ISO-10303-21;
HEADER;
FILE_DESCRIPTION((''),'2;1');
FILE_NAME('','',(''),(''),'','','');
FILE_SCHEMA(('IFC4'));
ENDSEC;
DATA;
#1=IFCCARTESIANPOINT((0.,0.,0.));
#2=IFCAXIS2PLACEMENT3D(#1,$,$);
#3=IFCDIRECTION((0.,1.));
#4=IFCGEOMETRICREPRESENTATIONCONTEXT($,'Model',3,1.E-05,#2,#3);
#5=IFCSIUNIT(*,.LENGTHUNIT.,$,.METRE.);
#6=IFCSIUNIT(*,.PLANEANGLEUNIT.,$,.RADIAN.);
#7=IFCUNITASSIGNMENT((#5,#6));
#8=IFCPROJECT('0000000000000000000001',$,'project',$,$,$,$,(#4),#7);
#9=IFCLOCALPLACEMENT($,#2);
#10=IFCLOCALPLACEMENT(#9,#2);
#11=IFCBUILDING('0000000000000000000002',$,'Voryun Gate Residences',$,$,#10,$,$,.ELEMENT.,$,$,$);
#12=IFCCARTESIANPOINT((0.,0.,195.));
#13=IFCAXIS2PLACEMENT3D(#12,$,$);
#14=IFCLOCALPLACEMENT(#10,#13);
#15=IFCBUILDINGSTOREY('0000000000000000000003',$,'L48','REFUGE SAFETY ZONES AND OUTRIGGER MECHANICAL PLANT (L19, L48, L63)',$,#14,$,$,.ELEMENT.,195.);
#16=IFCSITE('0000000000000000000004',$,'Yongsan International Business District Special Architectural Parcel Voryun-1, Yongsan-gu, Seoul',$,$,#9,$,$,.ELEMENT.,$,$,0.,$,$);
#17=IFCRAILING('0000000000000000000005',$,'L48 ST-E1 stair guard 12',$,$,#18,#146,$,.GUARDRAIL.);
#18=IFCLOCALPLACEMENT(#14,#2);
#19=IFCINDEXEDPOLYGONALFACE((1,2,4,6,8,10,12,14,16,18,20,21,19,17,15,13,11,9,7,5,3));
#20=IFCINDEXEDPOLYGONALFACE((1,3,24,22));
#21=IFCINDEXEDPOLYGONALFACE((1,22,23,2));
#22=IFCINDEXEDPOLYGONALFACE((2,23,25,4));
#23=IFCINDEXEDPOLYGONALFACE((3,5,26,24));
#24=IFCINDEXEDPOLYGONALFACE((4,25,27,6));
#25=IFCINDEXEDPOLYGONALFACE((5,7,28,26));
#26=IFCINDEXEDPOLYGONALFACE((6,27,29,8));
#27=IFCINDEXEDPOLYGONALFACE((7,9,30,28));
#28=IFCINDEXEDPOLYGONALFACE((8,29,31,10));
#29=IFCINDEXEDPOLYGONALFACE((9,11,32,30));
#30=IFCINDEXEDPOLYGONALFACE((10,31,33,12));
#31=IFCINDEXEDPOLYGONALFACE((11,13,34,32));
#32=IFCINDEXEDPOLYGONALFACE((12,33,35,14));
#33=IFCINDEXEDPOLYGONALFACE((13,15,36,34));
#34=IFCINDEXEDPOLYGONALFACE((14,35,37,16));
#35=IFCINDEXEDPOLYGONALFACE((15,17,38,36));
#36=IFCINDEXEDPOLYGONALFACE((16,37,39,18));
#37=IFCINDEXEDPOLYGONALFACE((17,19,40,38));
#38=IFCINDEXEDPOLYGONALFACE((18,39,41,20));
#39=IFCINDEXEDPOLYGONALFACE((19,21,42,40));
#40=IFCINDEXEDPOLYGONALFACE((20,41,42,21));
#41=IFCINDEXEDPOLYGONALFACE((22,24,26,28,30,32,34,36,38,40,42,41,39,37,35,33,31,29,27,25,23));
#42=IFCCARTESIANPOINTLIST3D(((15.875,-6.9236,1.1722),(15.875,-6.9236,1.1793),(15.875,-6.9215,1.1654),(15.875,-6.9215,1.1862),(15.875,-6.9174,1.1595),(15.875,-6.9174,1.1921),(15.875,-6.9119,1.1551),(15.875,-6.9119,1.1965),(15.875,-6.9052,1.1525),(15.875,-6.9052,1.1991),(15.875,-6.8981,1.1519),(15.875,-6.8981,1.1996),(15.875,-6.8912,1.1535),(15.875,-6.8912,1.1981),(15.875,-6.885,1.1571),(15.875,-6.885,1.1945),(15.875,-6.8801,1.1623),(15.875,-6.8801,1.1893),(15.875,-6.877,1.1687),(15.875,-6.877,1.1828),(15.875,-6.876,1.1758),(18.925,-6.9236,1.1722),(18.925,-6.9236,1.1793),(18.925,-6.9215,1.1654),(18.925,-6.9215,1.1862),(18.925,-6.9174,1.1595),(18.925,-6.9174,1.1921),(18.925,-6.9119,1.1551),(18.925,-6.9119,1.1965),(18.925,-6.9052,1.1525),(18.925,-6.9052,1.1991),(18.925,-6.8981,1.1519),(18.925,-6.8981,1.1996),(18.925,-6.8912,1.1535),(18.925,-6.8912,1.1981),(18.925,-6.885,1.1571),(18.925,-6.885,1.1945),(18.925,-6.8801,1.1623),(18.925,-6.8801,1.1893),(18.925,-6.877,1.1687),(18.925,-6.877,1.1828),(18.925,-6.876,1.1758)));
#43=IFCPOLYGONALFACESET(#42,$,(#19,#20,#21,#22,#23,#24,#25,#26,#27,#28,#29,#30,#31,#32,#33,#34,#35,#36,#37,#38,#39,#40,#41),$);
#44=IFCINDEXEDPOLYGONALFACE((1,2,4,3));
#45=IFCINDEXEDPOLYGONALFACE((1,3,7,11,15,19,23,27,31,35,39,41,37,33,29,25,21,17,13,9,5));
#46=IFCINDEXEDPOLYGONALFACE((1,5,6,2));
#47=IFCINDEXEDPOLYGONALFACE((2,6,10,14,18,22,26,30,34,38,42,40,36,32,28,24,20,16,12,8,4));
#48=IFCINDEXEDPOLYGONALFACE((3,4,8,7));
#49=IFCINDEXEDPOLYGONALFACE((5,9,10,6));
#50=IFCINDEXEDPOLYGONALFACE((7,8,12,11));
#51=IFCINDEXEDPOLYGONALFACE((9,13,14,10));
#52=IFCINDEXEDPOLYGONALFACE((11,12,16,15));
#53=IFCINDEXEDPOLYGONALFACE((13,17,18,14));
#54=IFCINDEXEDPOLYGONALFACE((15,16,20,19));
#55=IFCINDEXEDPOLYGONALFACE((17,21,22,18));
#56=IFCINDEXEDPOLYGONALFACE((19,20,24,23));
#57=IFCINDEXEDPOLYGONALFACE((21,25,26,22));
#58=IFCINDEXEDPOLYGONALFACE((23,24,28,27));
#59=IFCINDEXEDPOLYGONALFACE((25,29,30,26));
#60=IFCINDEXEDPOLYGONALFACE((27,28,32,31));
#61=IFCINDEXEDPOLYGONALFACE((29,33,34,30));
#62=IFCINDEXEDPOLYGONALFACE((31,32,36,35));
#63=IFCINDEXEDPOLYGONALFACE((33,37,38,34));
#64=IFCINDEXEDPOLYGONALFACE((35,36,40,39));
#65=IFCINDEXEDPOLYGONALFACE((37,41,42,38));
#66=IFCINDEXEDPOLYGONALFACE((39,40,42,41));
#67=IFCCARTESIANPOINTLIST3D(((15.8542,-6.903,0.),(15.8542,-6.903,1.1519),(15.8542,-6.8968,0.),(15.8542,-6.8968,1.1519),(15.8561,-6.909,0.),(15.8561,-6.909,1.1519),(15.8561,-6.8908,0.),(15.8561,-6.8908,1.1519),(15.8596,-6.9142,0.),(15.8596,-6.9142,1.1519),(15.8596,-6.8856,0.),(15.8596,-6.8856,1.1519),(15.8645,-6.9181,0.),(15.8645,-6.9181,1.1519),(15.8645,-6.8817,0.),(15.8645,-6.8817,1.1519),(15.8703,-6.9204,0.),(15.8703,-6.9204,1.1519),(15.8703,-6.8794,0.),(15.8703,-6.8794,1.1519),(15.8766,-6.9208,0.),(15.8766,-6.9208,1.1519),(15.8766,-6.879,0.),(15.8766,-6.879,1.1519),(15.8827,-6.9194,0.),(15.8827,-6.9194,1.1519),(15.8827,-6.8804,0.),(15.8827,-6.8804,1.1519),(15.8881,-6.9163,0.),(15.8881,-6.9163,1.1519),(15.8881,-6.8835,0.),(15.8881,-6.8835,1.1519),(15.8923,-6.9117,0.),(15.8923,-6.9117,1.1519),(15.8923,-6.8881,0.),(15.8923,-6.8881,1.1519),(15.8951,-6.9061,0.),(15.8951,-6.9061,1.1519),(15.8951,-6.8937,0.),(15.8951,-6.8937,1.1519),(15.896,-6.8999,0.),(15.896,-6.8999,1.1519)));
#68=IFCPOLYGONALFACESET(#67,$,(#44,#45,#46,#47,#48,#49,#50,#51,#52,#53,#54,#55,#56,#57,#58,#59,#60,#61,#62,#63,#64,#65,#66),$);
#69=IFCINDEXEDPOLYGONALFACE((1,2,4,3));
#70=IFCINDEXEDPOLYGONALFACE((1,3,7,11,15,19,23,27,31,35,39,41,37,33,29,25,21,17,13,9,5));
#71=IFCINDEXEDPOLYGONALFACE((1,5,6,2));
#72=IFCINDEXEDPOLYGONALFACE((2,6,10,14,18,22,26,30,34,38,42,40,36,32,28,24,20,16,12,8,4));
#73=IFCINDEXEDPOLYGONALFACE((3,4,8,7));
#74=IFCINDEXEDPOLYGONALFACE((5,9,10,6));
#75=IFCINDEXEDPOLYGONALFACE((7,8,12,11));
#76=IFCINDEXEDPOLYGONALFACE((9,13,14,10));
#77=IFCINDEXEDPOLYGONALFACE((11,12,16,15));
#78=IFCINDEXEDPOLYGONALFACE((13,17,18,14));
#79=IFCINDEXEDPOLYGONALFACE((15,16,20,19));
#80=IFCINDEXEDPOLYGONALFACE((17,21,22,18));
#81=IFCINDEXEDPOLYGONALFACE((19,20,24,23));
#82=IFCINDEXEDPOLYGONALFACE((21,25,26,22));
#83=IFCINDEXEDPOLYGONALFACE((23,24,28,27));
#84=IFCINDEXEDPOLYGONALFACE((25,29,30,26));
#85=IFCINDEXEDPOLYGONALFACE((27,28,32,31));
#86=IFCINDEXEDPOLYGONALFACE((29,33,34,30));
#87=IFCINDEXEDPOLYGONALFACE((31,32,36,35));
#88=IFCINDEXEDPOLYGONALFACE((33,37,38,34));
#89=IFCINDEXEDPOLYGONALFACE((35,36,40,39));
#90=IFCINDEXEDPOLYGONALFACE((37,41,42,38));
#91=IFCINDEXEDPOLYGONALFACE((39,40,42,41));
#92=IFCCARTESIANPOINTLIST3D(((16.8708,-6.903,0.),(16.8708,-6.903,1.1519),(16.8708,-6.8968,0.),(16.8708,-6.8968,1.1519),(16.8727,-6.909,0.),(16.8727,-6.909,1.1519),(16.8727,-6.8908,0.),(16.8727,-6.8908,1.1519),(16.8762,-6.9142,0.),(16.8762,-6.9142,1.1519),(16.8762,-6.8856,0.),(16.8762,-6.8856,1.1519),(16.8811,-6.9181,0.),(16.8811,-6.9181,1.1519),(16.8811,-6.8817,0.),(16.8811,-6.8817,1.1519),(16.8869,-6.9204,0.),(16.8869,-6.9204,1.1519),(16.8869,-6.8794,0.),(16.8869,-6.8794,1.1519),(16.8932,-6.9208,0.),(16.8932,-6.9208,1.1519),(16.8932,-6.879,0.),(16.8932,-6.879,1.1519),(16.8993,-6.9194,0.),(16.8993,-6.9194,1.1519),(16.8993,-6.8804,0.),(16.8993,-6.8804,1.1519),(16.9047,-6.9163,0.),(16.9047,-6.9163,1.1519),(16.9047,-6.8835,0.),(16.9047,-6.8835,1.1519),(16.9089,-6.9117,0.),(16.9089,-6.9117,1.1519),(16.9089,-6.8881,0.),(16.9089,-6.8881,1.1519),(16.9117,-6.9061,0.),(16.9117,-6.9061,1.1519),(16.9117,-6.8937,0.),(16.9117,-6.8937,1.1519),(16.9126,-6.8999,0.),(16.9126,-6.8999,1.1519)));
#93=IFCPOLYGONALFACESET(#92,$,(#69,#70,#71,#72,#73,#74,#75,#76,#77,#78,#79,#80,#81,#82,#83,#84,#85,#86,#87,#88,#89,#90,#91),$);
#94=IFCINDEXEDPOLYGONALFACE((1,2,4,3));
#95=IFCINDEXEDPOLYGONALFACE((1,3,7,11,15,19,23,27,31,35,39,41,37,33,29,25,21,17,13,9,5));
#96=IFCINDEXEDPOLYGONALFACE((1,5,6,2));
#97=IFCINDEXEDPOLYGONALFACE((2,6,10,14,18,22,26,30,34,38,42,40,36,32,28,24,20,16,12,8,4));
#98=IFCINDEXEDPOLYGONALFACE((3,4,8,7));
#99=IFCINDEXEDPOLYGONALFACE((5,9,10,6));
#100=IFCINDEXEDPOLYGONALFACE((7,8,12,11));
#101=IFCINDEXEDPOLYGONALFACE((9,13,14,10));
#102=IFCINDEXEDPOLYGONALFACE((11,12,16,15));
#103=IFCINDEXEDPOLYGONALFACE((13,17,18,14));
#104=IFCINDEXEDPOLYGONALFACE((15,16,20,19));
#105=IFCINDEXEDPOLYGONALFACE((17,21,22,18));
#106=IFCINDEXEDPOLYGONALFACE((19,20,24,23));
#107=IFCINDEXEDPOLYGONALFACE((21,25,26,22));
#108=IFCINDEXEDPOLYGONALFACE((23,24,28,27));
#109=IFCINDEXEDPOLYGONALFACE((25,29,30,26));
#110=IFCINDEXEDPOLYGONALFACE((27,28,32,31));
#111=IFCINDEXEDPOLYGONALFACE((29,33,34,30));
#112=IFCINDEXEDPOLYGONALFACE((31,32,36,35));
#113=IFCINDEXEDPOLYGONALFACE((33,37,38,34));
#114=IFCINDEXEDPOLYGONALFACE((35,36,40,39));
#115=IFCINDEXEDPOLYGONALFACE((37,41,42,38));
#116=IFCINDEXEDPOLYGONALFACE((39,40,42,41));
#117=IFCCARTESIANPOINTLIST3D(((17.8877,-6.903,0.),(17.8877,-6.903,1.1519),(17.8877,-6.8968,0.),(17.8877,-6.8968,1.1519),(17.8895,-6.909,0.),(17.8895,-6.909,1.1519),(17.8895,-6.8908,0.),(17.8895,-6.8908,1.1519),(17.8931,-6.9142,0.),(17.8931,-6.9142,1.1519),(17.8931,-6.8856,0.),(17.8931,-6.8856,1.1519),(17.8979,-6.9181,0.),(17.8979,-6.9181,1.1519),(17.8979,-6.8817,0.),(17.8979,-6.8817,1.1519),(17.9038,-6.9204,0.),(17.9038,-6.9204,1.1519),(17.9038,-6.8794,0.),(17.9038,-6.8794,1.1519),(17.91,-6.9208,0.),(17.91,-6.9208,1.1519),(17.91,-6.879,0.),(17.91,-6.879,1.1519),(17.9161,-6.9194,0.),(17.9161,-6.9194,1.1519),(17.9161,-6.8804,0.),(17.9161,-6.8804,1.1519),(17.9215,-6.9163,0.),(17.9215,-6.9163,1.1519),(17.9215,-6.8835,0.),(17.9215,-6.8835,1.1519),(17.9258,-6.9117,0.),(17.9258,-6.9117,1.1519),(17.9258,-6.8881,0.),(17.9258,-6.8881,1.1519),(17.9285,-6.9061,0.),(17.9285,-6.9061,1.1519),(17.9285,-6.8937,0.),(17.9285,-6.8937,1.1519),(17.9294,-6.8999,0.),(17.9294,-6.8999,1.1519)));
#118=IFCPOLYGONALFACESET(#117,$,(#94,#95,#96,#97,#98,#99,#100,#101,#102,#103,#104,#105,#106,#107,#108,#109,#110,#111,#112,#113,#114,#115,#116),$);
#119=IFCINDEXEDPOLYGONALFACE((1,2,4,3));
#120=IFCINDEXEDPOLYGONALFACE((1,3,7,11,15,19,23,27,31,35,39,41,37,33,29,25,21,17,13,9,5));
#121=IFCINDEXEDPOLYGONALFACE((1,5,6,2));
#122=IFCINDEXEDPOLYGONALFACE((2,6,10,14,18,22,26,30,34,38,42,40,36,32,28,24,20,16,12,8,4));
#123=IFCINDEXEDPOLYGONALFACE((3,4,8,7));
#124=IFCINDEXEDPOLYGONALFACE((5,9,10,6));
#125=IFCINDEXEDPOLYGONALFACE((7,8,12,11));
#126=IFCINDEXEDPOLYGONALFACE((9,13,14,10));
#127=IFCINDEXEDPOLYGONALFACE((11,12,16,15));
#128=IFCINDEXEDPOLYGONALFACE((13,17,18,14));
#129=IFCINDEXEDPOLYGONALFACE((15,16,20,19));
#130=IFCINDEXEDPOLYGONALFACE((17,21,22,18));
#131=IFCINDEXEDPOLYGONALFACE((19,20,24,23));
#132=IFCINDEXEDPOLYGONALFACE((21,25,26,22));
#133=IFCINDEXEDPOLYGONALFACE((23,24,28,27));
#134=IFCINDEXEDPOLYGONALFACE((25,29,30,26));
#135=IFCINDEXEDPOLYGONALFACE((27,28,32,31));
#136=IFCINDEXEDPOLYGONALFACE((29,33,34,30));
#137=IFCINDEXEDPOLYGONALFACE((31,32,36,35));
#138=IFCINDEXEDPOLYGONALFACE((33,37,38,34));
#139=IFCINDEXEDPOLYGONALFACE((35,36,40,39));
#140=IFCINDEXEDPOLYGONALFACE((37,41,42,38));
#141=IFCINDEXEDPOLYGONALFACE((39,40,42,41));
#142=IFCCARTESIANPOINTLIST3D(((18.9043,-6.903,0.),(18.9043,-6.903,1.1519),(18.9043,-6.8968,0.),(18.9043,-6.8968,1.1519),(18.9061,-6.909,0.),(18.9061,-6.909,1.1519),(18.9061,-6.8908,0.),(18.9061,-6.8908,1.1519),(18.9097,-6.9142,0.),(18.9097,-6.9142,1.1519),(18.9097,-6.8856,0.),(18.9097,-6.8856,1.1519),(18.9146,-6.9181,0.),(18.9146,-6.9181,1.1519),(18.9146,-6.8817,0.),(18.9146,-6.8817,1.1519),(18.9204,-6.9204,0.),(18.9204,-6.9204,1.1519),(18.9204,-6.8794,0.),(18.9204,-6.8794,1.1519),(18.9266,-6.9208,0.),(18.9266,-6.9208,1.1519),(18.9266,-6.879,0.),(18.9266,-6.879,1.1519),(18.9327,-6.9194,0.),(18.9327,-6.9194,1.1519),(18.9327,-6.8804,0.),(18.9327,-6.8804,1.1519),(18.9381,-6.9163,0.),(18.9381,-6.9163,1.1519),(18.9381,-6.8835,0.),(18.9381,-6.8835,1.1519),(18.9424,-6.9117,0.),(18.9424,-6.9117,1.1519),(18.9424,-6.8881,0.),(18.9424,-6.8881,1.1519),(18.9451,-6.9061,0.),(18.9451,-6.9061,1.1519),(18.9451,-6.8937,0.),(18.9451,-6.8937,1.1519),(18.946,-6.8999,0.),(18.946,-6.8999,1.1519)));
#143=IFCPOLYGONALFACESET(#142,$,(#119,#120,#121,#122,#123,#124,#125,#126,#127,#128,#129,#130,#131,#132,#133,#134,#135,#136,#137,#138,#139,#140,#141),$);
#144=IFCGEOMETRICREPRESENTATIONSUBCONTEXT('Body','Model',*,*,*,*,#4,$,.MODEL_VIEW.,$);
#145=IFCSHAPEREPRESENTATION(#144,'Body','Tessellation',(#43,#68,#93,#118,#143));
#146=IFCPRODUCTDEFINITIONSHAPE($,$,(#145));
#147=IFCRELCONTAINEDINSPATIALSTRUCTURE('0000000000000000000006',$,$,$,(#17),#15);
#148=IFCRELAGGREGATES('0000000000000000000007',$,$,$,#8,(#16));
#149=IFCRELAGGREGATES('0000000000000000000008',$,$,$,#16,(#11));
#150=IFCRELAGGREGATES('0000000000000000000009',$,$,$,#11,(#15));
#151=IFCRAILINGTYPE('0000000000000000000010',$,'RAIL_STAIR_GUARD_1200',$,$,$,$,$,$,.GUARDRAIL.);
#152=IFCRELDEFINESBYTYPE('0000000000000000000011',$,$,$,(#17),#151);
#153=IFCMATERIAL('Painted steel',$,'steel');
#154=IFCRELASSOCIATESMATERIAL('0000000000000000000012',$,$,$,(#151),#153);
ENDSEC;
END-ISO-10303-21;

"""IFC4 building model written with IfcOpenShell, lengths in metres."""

from ifc_helpers import new_model, si_unit, direction, frame, origin, origin_2d, place, context, subcontext, project, spatial, circle, extrude, material, type_object, element, save


model = new_model("IFC4")

# Units and contexts
model_context = context("Model", 3, precision=1e-05, world=origin(), true_north=direction((0.0, 1.0)))
body_context = subcontext(model_context, "Body", "Model", "MODEL_VIEW")
ifc_project = project(units=[si_unit("LENGTHUNIT", "METRE"), si_unit("PLANEANGLEUNIT", "RADIAN")], contexts=[model_context])

# Site, building, storey
site_placement = place(None, origin())
site = spatial("IfcSite", under=ifc_project, at=site_placement, Name="Yongsan International Business District Special Architectural Parcel Voryun-1, Yongsan-gu, Seoul", CompositionType="ELEMENT", RefElevation=0.0)
building_placement = place(site_placement, origin())
building = spatial("IfcBuilding", under=site, at=building_placement, Name="Voryun Gate Residences", CompositionType="ELEMENT")
storey_placement = place(building_placement, frame((0.0, 0.0, 195.0)))
storey = spatial("IfcBuildingStorey", under=building, at=storey_placement, Name="L48", Description="REFUGE SAFETY ZONES AND OUTRIGGER MECHANICAL PLANT (L19, L48, L63)", CompositionType="ELEMENT", Elevation=195.0)

# Railing
ifc_material_1 = material(Name="Painted steel", Category="steel")
railing_type_1 = type_object("IfcRailingType", Name="RAIL_STAIR_GUARD_1200", PredefinedType="GUARDRAIL", material=ifc_material_1)
railing_1_placement = place(storey_placement, frame((15.875, -6.8999, 0.0)))
element("IfcRailing", 1, at=railing_1_placement, inside=storey, type_object=railing_type_1, Name="L48 ST-E1 stair guard 12", PredefinedType="GUARDRAIL", context=body_context, shape_type="SweptSolid", body=[
    extrude(circle(Radius=0.0239, at=origin_2d()), frame((0.0, 0.0, 1.1758), z_axis=(1.0, 0.0, 0.0), x_axis=(0.0, 1.0, 0.0)), (0.0, 0.0, 1.0), 3.05),
    extrude(circle(Radius=0.021, at=origin_2d()), origin(), (0.0, 0.0, 1.0), 1.1519),
    extrude(circle(Radius=0.021, at=origin_2d()), frame((1.0166, 0.0, 0.0)), (0.0, 0.0, 1.0), 1.1519),
    extrude(circle(Radius=0.021, at=origin_2d()), frame((2.0334, 0.0, 0.0)), (0.0, 0.0, 1.0), 1.1519),
    extrude(circle(Radius=0.021, at=origin_2d()), frame((3.05, 0.0, 0.0)), (0.0, 0.0, 1.0), 1.1519),
])

save(model, "model.ifc")
